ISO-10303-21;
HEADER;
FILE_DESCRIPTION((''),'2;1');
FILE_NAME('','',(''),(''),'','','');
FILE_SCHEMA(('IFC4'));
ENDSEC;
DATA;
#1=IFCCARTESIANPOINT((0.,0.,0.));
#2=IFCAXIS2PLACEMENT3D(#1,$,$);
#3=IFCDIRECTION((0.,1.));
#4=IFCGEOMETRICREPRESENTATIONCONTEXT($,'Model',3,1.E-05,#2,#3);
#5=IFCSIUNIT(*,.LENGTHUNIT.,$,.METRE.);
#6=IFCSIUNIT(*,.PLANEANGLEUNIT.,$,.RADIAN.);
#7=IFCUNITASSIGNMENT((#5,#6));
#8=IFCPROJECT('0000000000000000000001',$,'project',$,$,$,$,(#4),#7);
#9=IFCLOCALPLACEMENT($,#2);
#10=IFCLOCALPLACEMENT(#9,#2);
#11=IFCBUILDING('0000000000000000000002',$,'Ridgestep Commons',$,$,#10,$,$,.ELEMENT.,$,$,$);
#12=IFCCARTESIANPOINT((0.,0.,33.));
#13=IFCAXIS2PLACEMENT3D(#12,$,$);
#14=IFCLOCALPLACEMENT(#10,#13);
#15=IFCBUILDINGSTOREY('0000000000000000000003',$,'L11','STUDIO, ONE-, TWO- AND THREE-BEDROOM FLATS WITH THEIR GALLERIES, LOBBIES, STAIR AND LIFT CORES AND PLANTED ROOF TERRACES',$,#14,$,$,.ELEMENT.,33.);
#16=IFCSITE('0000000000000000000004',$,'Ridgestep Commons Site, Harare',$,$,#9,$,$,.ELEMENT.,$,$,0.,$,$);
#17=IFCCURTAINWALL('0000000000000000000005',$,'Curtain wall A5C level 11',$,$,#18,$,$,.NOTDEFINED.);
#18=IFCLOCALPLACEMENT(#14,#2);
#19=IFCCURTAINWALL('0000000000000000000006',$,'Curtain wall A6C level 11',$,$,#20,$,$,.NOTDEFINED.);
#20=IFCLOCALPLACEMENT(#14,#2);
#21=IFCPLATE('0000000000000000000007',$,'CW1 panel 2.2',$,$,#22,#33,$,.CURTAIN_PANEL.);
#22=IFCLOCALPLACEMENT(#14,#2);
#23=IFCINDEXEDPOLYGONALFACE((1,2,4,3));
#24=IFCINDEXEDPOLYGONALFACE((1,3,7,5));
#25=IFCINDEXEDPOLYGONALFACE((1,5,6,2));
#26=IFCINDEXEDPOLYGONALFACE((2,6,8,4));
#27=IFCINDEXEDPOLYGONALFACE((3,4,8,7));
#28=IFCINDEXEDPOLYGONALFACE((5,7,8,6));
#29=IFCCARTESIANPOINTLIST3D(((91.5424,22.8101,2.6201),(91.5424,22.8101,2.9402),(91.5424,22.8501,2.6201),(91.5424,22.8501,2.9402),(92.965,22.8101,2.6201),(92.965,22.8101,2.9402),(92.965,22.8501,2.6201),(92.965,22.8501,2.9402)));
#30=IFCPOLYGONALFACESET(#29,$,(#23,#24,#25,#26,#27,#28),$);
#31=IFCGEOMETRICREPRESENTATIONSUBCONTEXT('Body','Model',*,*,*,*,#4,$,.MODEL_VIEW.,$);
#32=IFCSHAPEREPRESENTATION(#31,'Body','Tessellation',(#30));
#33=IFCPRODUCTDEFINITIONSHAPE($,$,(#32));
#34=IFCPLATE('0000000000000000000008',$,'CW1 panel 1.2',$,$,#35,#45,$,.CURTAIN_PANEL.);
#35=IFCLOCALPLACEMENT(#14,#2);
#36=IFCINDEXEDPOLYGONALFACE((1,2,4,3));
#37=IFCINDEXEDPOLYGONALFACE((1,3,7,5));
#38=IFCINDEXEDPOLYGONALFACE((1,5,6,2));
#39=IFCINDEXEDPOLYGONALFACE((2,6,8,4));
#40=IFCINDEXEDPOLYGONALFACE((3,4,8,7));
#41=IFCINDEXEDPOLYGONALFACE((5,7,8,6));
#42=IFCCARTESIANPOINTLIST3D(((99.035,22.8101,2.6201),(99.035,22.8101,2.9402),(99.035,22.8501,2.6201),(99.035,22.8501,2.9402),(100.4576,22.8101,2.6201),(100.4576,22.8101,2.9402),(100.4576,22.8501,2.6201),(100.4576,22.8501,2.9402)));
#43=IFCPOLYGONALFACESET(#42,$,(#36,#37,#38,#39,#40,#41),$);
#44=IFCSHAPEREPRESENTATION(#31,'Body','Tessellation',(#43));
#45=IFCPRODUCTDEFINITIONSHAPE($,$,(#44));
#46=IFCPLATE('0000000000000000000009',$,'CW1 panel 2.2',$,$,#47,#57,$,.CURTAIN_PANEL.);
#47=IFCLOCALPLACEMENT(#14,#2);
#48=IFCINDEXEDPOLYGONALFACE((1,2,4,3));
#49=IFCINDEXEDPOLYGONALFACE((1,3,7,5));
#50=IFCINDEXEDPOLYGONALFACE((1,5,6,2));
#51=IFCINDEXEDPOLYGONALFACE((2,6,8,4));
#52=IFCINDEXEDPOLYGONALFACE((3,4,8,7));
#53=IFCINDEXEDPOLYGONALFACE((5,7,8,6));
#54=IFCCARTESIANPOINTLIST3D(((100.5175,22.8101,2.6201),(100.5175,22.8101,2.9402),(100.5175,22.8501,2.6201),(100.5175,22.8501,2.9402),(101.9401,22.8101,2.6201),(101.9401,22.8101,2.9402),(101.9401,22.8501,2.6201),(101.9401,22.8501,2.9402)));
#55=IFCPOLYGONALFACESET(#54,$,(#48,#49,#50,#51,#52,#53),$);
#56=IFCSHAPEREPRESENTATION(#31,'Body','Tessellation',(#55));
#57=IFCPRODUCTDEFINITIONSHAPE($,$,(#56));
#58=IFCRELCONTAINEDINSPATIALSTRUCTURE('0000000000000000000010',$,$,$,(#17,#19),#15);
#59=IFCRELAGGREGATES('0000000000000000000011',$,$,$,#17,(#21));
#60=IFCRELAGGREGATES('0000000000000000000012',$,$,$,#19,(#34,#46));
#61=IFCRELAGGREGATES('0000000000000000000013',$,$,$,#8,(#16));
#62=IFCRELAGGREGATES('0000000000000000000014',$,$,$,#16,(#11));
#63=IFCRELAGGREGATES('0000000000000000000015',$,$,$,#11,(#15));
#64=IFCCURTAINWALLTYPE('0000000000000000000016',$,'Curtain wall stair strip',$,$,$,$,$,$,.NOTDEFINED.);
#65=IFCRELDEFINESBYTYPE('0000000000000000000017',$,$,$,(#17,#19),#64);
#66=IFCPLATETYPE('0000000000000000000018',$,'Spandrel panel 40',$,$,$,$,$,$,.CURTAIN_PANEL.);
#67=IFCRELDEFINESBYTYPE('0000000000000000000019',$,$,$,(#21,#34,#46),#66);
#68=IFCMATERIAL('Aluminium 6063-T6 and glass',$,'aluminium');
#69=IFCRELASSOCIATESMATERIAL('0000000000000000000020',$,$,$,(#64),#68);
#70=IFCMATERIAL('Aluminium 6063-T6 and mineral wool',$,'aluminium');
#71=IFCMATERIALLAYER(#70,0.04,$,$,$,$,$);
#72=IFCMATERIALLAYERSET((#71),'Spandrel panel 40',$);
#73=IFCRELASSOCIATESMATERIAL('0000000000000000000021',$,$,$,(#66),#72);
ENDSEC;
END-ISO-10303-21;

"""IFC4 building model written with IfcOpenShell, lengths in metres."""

from ifc_helpers import new_model, si_unit, direction, frame, origin, origin_2d, place, context, subcontext, project, spatial, rectangle, extrude, material, layer, layer_set, type_object, element, aggregate, save


model = new_model("IFC4")

# Units and contexts
model_context = context("Model", 3, precision=1e-05, world=origin(), true_north=direction((0.0, 1.0)))
body_context = subcontext(model_context, "Body", "Model", "MODEL_VIEW")
ifc_project = project(units=[si_unit("LENGTHUNIT", "METRE"), si_unit("PLANEANGLEUNIT", "RADIAN")], contexts=[model_context])

# Site, building, storey
site_placement = place(None, origin())
site = spatial("IfcSite", under=ifc_project, at=site_placement, Name="Ridgestep Commons Site, Harare", CompositionType="ELEMENT", RefElevation=0.0)
building_placement = place(site_placement, origin())
building = spatial("IfcBuilding", under=site, at=building_placement, Name="Ridgestep Commons", CompositionType="ELEMENT")
storey_placement = place(building_placement, frame((0.0, 0.0, 33.0)))
storey = spatial("IfcBuildingStorey", under=building, at=storey_placement, Name="L11", Description="STUDIO, ONE-, TWO- AND THREE-BEDROOM FLATS WITH THEIR GALLERIES, LOBBIES, STAIR AND LIFT CORES AND PLANTED ROOF TERRACES", CompositionType="ELEMENT", Elevation=33.0)

# Curtain wall
ifc_material_1 = material(Name="Aluminium 6063-T6 and glass", Category="aluminium")
curtain_wall_type = type_object("IfcCurtainWallType", Name="Curtain wall stair strip", PredefinedType="NOTDEFINED", material=ifc_material_1)
curtain_wall_1_placement = place(storey_placement, origin())
curtain_wall_1 = element("IfcCurtainWall", 1, at=curtain_wall_1_placement, inside=storey, type_object=curtain_wall_type, Name="Curtain wall A5C level 11", PredefinedType="NOTDEFINED")

# Curtain wall
curtain_wall_2_placement = place(storey_placement, origin())
curtain_wall_2 = element("IfcCurtainWall", 2, at=curtain_wall_2_placement, inside=storey, type_object=curtain_wall_type, Name="Curtain wall A6C level 11", PredefinedType="NOTDEFINED")

# Plates
ifc_material_2 = material(Name="Aluminium 6063-T6 and mineral wool", Category="aluminium")
ifc_layer_1 = layer(ifc_material_2, 0.04)
ifc_layer_set_1 = layer_set([ifc_layer_1], Name="Spandrel panel 40")
plate_type_1 = type_object("IfcPlateType", Name="Spandrel panel 40", PredefinedType="CURTAIN_PANEL", material=ifc_layer_set_1)
plate_1_placement = place(storey_placement, frame((92.2537, 22.8301, 2.6201), z_axis=(0.0, 0.0, 1.0), x_axis=(1.0, 0.0, 0.0)))
plate_1 = element("IfcPlate", 3, at=plate_1_placement, type_object=plate_type_1, Name="CW1 panel 2.2", PredefinedType="CURTAIN_PANEL", context=body_context, shape_type="SweptSolid", body=[
    extrude(rectangle(XDim=1.4226, YDim=0.04, at=origin_2d()), origin(), (0.0, 0.0, 1.0), 0.3201),
])
aggregate(curtain_wall_1, [plate_1])
plate_2_placement = place(storey_placement, frame((99.7463, 22.8301, 2.6201), z_axis=(0.0, 0.0, 1.0), x_axis=(1.0, 0.0, 0.0)))
plate_2 = element("IfcPlate", 4, at=plate_2_placement, type_object=plate_type_1, Name="CW1 panel 1.2", PredefinedType="CURTAIN_PANEL", context=body_context, shape_type="SweptSolid", body=[
    extrude(rectangle(XDim=1.4226, YDim=0.04, at=origin_2d()), origin(), (0.0, 0.0, 1.0), 0.3201),
])
plate_3_placement = place(storey_placement, frame((101.2288, 22.8301, 2.6201), z_axis=(0.0, 0.0, 1.0), x_axis=(1.0, 0.0, 0.0)))
plate_3 = element("IfcPlate", 5, at=plate_3_placement, type_object=plate_type_1, Name="CW1 panel 2.2", PredefinedType="CURTAIN_PANEL", context=body_context, shape_type="SweptSolid", body=[
    extrude(rectangle(XDim=1.4226, YDim=0.04, at=origin_2d()), origin(), (0.0, 0.0, 1.0), 0.3201),
])
aggregate(curtain_wall_2, [plate_2, plate_3])

save(model, "model.ifc")
